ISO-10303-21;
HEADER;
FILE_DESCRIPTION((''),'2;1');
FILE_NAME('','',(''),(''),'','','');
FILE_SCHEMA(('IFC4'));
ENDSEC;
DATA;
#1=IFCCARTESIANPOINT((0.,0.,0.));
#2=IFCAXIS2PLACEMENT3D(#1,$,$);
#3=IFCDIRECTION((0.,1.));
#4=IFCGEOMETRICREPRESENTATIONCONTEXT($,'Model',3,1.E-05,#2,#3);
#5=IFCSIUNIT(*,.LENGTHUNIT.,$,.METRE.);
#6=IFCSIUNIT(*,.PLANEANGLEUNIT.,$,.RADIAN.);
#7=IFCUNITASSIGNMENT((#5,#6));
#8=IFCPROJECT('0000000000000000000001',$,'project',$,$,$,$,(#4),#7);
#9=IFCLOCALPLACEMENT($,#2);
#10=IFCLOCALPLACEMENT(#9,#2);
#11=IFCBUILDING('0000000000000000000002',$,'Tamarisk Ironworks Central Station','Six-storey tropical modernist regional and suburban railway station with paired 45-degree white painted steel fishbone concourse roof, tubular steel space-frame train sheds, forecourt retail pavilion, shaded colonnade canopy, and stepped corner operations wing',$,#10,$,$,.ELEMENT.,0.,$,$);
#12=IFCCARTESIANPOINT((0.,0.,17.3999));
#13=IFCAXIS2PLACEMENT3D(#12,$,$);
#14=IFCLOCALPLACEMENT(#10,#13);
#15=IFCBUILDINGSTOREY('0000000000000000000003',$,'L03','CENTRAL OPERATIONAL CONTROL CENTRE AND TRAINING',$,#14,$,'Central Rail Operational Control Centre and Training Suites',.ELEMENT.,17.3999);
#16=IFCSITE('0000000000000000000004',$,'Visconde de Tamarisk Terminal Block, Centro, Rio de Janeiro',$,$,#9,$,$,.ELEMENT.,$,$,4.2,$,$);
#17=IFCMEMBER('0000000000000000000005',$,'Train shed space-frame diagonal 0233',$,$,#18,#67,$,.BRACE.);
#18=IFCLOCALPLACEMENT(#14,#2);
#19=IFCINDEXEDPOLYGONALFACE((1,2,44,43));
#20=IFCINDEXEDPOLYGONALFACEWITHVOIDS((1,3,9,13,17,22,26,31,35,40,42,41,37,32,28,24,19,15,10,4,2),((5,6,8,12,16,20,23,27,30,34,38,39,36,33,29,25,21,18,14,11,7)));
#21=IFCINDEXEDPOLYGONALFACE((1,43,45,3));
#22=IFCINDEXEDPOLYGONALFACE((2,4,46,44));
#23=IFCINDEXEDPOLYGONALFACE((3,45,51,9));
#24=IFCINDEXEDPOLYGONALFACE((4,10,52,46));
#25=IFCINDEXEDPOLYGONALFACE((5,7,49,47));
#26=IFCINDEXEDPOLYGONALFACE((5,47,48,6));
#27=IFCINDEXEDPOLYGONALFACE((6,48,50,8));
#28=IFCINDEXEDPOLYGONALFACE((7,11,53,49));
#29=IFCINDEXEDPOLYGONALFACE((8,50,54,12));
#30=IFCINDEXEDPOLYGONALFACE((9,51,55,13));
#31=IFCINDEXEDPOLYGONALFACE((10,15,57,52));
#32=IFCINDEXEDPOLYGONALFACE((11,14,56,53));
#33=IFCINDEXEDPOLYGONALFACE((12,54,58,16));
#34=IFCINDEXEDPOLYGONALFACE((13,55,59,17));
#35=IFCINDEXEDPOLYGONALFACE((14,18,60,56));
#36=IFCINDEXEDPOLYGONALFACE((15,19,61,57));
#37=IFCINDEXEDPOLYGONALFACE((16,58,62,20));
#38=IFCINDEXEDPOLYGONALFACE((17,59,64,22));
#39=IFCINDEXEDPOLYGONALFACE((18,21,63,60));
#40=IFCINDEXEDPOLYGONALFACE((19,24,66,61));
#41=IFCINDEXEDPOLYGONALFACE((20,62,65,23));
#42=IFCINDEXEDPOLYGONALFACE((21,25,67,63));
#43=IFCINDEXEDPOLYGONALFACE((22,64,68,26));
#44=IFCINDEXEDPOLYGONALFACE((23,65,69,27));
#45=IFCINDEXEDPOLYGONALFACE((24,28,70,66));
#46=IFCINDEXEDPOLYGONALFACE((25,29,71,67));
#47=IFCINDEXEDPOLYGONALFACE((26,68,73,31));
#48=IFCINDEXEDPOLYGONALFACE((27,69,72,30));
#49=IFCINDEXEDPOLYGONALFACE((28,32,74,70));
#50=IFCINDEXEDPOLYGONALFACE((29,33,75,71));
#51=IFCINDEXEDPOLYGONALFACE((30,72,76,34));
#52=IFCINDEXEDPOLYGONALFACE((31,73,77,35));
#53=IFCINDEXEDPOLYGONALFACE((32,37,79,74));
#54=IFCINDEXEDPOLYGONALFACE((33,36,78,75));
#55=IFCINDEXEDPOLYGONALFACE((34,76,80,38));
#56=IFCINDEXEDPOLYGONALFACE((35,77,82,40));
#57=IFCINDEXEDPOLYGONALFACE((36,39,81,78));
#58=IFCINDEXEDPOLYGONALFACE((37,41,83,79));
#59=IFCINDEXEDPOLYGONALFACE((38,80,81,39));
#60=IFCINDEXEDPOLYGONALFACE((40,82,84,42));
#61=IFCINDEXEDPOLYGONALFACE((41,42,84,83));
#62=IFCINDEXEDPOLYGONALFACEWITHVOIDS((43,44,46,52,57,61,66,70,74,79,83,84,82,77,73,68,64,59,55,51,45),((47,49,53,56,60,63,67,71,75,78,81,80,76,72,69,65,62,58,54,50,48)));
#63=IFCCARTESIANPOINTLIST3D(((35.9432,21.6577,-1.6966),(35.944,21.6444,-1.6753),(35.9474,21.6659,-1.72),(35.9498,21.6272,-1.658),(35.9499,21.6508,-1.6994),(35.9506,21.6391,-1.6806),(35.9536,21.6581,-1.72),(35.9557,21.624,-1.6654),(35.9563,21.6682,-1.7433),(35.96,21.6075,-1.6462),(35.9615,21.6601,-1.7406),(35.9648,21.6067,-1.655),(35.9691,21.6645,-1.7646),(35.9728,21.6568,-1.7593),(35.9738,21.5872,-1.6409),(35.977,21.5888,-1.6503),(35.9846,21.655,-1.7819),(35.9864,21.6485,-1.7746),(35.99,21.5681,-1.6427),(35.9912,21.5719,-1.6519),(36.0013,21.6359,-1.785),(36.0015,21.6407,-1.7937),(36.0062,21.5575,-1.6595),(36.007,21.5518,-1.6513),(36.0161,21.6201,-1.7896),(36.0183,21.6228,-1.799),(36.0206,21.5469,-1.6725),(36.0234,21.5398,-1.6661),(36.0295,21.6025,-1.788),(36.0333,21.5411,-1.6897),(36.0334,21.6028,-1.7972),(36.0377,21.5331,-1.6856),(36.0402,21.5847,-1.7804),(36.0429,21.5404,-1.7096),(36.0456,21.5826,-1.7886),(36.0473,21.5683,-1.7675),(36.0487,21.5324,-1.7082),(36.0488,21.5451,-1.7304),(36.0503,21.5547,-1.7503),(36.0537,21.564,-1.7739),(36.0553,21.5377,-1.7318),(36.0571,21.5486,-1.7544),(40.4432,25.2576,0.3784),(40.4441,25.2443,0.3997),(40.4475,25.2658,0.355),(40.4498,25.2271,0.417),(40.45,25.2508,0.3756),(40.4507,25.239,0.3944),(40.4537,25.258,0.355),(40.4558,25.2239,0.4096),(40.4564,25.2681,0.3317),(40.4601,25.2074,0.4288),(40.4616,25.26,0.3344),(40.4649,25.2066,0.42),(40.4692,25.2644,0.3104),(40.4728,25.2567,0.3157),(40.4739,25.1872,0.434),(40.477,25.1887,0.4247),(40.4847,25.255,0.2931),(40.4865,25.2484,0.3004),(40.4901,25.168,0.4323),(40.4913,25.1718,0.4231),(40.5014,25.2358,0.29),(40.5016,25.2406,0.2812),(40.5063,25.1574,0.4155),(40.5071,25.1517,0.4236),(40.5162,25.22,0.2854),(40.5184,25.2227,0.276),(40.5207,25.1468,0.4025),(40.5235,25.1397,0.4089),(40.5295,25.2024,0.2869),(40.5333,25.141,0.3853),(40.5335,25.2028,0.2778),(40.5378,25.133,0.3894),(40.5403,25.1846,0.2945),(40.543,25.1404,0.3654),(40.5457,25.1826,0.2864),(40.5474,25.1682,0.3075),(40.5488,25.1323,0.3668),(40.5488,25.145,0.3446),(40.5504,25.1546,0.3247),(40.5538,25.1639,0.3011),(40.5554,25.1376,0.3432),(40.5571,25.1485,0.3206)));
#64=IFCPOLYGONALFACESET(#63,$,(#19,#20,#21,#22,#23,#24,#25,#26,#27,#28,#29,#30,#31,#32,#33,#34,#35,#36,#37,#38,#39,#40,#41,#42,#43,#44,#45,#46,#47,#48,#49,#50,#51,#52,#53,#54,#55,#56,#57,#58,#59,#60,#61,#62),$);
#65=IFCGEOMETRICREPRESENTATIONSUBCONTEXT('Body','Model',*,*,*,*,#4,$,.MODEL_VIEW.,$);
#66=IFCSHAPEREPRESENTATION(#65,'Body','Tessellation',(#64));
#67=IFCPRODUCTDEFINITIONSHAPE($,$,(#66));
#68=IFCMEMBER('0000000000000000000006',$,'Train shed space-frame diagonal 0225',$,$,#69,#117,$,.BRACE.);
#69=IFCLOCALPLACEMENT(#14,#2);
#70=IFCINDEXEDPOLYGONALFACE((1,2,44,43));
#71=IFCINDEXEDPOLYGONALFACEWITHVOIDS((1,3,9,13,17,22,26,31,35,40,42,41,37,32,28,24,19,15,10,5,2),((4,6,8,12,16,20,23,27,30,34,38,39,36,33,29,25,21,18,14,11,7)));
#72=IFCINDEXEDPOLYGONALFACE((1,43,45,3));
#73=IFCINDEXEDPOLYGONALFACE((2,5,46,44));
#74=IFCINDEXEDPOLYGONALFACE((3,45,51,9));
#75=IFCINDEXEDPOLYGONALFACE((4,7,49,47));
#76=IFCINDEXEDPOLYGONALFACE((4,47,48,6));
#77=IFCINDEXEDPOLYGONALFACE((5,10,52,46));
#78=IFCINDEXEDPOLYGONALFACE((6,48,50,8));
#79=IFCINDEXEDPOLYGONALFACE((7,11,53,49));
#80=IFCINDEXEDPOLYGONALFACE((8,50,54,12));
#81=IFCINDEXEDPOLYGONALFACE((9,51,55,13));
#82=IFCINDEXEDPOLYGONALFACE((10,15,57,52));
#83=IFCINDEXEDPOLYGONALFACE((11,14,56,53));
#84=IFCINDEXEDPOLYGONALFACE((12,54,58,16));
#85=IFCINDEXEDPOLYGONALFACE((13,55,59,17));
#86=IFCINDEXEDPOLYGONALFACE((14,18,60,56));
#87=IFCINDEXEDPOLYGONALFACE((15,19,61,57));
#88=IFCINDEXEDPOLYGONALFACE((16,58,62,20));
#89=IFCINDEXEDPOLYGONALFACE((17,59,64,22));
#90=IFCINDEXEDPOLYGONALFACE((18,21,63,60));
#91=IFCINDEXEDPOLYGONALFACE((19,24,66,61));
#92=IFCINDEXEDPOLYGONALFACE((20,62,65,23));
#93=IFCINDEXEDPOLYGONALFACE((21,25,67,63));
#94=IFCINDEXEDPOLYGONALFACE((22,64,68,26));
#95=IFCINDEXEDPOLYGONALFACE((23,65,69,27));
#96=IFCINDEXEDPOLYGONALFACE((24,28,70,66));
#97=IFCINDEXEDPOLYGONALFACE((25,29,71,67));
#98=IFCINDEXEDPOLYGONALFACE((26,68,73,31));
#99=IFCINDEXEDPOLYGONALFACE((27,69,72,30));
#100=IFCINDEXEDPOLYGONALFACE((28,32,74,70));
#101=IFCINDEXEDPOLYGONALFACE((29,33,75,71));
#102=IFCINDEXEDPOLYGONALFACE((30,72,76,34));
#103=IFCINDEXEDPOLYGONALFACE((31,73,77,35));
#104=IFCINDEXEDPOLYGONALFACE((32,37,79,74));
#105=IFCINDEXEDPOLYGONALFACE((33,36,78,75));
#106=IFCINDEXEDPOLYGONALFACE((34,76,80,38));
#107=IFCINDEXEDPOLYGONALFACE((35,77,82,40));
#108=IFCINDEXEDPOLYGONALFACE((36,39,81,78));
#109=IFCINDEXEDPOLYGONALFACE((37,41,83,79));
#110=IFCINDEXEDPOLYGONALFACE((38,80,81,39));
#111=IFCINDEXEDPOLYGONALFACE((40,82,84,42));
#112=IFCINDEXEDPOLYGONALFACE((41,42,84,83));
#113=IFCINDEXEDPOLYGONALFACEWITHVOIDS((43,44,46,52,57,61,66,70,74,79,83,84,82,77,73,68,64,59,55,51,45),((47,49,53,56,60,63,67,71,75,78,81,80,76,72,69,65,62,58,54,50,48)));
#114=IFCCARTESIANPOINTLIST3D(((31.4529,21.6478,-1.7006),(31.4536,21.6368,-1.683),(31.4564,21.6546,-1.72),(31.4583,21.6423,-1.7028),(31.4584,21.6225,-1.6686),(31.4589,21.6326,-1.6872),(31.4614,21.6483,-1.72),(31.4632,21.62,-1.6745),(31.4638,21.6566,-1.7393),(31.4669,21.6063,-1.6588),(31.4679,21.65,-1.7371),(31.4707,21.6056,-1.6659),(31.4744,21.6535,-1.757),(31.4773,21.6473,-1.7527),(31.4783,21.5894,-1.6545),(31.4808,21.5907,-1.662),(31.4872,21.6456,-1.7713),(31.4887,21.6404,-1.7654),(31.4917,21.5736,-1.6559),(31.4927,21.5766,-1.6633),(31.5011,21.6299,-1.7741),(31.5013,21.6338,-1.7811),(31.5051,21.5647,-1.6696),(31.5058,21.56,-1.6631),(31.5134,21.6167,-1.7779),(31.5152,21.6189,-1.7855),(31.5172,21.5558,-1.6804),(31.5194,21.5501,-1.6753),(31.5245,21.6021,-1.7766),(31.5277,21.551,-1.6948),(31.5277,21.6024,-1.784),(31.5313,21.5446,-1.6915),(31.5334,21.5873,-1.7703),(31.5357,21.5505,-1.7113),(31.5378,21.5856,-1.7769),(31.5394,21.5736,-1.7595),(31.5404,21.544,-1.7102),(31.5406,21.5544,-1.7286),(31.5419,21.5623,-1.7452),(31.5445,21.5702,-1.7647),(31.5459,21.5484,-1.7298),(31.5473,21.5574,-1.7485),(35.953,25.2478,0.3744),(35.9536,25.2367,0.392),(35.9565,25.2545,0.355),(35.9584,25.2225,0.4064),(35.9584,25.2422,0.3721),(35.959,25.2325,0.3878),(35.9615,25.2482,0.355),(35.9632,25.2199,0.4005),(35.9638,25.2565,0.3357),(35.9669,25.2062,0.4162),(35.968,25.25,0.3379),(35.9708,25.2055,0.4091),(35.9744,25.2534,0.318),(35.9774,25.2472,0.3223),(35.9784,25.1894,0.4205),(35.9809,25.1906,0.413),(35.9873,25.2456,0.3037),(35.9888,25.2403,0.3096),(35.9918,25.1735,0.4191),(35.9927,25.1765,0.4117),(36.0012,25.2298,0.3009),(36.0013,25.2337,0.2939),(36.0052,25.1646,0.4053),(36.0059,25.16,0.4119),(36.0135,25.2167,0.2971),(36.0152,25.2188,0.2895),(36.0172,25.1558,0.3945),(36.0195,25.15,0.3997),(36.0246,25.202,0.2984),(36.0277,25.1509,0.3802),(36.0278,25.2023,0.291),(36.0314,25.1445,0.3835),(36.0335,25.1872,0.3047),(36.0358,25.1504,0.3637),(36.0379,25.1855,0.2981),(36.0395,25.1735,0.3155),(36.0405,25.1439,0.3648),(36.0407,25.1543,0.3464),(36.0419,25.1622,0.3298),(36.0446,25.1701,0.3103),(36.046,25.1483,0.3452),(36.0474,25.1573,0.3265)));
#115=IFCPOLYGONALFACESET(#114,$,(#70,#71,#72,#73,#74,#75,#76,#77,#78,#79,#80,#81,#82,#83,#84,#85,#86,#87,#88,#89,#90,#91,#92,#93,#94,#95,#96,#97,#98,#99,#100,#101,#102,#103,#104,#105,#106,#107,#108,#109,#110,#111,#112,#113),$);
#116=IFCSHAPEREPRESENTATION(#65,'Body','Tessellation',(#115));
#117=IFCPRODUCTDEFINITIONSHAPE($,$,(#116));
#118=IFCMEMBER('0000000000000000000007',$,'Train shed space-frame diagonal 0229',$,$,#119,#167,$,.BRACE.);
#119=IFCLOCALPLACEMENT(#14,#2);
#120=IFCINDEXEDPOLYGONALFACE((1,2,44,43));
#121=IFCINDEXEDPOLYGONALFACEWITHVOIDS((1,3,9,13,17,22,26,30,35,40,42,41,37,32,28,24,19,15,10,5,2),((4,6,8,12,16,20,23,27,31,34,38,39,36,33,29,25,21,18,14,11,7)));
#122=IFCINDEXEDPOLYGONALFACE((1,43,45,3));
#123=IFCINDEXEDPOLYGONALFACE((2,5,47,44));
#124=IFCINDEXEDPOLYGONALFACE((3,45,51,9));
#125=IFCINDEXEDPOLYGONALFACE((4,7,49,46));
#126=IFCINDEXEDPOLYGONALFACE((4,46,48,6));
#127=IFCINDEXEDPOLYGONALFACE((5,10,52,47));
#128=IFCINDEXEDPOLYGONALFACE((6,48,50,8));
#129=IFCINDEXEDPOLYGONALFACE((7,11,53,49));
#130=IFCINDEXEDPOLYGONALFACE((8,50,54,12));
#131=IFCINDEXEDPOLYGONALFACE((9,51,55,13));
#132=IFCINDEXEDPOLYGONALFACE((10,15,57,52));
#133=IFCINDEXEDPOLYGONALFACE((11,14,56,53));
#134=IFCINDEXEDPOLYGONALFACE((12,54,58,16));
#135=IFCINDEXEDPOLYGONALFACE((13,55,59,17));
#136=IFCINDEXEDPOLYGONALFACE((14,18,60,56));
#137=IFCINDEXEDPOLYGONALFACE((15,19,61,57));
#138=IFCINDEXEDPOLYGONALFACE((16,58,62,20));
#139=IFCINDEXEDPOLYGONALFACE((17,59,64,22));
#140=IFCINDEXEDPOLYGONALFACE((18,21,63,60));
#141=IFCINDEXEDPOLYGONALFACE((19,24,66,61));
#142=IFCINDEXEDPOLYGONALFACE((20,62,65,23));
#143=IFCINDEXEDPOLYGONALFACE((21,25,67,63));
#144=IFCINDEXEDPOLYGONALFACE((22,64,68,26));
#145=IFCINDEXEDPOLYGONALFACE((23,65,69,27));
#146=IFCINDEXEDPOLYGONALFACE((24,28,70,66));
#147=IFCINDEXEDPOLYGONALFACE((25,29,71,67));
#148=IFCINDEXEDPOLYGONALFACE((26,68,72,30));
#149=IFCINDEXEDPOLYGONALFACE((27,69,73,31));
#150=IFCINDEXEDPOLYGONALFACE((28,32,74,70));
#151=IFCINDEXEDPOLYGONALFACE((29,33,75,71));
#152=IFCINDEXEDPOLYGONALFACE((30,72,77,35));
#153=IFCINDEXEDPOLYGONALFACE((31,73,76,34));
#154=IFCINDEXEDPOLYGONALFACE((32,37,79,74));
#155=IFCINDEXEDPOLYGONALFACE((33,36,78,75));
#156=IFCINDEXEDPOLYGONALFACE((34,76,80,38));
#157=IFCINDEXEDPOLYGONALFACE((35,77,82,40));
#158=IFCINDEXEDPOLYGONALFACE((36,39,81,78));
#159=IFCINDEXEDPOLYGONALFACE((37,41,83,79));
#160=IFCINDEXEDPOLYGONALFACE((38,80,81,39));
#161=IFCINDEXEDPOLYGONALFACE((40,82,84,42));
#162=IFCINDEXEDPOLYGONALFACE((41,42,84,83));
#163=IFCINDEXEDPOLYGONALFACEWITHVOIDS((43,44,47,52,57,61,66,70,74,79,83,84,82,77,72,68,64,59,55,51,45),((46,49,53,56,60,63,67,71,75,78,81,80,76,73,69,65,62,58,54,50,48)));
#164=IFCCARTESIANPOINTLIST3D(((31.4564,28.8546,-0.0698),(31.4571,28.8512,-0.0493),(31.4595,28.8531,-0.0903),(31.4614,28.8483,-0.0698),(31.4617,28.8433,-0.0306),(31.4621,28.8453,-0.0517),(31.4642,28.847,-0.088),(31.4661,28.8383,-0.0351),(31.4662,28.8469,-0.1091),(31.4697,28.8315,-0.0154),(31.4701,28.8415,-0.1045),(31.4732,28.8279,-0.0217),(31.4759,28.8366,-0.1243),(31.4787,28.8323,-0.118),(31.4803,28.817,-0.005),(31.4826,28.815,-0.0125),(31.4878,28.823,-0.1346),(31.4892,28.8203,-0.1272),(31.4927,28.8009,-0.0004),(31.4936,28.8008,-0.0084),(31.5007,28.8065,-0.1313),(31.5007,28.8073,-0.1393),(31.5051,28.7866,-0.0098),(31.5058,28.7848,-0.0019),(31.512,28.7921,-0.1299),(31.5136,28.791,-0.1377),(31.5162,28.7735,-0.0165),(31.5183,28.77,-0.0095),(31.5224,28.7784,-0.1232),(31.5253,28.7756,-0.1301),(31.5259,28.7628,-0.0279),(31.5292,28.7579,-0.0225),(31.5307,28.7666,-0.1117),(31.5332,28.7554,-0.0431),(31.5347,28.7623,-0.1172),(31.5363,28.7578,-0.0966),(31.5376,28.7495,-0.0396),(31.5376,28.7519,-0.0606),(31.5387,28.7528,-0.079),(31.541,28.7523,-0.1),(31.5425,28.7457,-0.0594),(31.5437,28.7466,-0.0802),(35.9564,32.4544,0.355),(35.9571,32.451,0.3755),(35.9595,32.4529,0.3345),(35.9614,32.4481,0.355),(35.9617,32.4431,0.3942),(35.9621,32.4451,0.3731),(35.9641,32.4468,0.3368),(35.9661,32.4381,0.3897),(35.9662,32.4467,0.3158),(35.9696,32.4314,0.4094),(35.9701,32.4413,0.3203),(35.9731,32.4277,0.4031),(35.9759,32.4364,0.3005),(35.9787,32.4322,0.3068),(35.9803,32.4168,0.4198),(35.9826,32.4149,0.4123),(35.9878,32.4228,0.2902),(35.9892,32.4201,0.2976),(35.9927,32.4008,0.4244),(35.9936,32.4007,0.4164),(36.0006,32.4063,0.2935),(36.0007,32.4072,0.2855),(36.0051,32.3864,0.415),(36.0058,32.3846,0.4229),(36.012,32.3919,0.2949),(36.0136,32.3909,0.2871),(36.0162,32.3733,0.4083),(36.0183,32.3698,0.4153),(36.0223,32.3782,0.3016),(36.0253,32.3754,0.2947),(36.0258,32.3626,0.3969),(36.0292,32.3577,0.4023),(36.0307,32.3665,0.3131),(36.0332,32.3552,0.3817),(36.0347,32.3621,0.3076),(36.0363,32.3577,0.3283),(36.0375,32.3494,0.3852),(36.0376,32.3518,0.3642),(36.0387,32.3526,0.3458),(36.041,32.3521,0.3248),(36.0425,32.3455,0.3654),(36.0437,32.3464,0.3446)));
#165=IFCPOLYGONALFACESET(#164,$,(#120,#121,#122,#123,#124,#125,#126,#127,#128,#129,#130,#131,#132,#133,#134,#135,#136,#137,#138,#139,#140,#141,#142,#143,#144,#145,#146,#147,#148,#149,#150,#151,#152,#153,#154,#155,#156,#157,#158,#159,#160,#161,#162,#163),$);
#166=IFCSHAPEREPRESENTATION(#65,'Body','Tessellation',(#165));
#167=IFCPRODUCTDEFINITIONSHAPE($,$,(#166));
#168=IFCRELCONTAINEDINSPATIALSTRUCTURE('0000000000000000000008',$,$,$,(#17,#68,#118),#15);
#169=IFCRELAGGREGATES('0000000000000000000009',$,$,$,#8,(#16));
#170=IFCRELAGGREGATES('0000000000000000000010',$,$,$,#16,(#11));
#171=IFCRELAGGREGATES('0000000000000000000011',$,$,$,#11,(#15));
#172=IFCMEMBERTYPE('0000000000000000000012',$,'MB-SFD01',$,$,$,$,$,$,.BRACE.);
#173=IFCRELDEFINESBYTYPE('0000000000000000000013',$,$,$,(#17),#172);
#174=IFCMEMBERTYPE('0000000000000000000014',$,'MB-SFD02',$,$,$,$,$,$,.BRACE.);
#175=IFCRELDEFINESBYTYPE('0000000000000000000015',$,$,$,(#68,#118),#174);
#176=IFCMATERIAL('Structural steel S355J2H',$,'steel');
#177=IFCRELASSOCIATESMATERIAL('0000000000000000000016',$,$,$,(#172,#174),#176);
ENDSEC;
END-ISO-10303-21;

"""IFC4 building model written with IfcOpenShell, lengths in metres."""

from ifc_helpers import new_model, si_unit, direction, frame, origin, origin_2d, place, context, subcontext, project, spatial, hollow_circle, extrude, material, material_profile, profile_set, type_object, element, save


model = new_model("IFC4")

# Units and contexts
model_context = context("Model", 3, precision=1e-05, world=origin(), true_north=direction((0.0, 1.0)))
body_context = subcontext(model_context, "Body", "Model", "MODEL_VIEW")
ifc_project = project(units=[si_unit("LENGTHUNIT", "METRE"), si_unit("PLANEANGLEUNIT", "RADIAN")], contexts=[model_context])

# Site, building, storey
site_placement = place(None, origin())
site = spatial("IfcSite", under=ifc_project, at=site_placement, Name="Visconde de Tamarisk Terminal Block, Centro, Rio de Janeiro", CompositionType="ELEMENT", RefElevation=4.2)
building_placement = place(site_placement, origin())
building = spatial("IfcBuilding", under=site, at=building_placement, Name="Tamarisk Ironworks Central Station", Description="Six-storey tropical modernist regional and suburban railway station with paired 45-degree white painted steel fishbone concourse roof, tubular steel space-frame train sheds, forecourt retail pavilion, shaded colonnade canopy, and stepped corner operations wing", CompositionType="ELEMENT", ElevationOfRefHeight=0.0)
storey_placement = place(building_placement, frame((0.0, 0.0, 17.3999)))
storey = spatial("IfcBuildingStorey", under=building, at=storey_placement, Name="L03", Description="CENTRAL OPERATIONAL CONTROL CENTRE AND TRAINING", LongName="Central Rail Operational Control Centre and Training Suites", CompositionType="ELEMENT", Elevation=17.3999)

# Members
ifc_material_1 = material(Name="Structural steel S355J2H", Category="steel")
ifc_material_profile_1 = material_profile(ifc_material_1, hollow_circle(Radius=0.0842, WallThickness=0.01, at=origin_2d()), Name="CHS 168.3x10")
ifc_profile_set_1 = profile_set([ifc_material_profile_1], Name="Structural steel S355J2H")
member_type_1 = type_object("IfcMemberType", Name="MB-SFD01", PredefinedType="BRACE", material=ifc_profile_set_1)
member_1_placement = place(storey_placement, frame((36.0, 21.6001, -1.72), z_axis=(0.734706, 0.587741, 0.338773), x_axis=(-0.62468, 0.780881, 0.0)))
element("IfcMember", 1, at=member_1_placement, inside=storey, type_object=member_type_1, Name="Train shed space-frame diagonal 0233", PredefinedType="BRACE", context=body_context, shape_type="SweptSolid", body=[
    extrude(hollow_circle(Radius=0.0842, WallThickness=0.01, at=origin_2d()), origin(), (0.0, 0.0, 1.0), 6.125),
])
ifc_material_profile_2 = material_profile(ifc_material_1, hollow_circle(Radius=0.0698, WallThickness=0.0081, at=origin_2d()), Name="CHS 139.7x8")
ifc_profile_set_2 = profile_set([ifc_material_profile_2], Name="Structural steel S355J2H")
member_type_2 = type_object("IfcMemberType", Name="MB-SFD02", PredefinedType="BRACE", material=ifc_profile_set_2)
member_2_placement = place(storey_placement, frame((31.5, 21.6001, -1.72), z_axis=(0.734706, 0.587741, 0.338773), x_axis=(-0.62468, 0.780881, 0.0)))
element("IfcMember", 2, at=member_2_placement, inside=storey, type_object=member_type_2, Name="Train shed space-frame diagonal 0225", PredefinedType="BRACE", context=body_context, shape_type="SweptSolid", body=[
    extrude(hollow_circle(Radius=0.0698, WallThickness=0.0081, at=origin_2d()), origin(), (0.0, 0.0, 1.0), 6.125),
])
member_3_placement = place(storey_placement, frame((31.5, 28.8, -0.0698), z_axis=(0.778768, 0.622989, 0.073517), x_axis=(-0.62468, 0.780881, 0.0)))
element("IfcMember", 3, at=member_3_placement, inside=storey, type_object=member_type_2, Name="Train shed space-frame diagonal 0229", PredefinedType="BRACE", context=body_context, shape_type="SweptSolid", body=[
    extrude(hollow_circle(Radius=0.0698, WallThickness=0.0081, at=origin_2d()), origin(), (0.0, 0.0, 1.0), 5.7783),
])

save(model, "model.ifc")
